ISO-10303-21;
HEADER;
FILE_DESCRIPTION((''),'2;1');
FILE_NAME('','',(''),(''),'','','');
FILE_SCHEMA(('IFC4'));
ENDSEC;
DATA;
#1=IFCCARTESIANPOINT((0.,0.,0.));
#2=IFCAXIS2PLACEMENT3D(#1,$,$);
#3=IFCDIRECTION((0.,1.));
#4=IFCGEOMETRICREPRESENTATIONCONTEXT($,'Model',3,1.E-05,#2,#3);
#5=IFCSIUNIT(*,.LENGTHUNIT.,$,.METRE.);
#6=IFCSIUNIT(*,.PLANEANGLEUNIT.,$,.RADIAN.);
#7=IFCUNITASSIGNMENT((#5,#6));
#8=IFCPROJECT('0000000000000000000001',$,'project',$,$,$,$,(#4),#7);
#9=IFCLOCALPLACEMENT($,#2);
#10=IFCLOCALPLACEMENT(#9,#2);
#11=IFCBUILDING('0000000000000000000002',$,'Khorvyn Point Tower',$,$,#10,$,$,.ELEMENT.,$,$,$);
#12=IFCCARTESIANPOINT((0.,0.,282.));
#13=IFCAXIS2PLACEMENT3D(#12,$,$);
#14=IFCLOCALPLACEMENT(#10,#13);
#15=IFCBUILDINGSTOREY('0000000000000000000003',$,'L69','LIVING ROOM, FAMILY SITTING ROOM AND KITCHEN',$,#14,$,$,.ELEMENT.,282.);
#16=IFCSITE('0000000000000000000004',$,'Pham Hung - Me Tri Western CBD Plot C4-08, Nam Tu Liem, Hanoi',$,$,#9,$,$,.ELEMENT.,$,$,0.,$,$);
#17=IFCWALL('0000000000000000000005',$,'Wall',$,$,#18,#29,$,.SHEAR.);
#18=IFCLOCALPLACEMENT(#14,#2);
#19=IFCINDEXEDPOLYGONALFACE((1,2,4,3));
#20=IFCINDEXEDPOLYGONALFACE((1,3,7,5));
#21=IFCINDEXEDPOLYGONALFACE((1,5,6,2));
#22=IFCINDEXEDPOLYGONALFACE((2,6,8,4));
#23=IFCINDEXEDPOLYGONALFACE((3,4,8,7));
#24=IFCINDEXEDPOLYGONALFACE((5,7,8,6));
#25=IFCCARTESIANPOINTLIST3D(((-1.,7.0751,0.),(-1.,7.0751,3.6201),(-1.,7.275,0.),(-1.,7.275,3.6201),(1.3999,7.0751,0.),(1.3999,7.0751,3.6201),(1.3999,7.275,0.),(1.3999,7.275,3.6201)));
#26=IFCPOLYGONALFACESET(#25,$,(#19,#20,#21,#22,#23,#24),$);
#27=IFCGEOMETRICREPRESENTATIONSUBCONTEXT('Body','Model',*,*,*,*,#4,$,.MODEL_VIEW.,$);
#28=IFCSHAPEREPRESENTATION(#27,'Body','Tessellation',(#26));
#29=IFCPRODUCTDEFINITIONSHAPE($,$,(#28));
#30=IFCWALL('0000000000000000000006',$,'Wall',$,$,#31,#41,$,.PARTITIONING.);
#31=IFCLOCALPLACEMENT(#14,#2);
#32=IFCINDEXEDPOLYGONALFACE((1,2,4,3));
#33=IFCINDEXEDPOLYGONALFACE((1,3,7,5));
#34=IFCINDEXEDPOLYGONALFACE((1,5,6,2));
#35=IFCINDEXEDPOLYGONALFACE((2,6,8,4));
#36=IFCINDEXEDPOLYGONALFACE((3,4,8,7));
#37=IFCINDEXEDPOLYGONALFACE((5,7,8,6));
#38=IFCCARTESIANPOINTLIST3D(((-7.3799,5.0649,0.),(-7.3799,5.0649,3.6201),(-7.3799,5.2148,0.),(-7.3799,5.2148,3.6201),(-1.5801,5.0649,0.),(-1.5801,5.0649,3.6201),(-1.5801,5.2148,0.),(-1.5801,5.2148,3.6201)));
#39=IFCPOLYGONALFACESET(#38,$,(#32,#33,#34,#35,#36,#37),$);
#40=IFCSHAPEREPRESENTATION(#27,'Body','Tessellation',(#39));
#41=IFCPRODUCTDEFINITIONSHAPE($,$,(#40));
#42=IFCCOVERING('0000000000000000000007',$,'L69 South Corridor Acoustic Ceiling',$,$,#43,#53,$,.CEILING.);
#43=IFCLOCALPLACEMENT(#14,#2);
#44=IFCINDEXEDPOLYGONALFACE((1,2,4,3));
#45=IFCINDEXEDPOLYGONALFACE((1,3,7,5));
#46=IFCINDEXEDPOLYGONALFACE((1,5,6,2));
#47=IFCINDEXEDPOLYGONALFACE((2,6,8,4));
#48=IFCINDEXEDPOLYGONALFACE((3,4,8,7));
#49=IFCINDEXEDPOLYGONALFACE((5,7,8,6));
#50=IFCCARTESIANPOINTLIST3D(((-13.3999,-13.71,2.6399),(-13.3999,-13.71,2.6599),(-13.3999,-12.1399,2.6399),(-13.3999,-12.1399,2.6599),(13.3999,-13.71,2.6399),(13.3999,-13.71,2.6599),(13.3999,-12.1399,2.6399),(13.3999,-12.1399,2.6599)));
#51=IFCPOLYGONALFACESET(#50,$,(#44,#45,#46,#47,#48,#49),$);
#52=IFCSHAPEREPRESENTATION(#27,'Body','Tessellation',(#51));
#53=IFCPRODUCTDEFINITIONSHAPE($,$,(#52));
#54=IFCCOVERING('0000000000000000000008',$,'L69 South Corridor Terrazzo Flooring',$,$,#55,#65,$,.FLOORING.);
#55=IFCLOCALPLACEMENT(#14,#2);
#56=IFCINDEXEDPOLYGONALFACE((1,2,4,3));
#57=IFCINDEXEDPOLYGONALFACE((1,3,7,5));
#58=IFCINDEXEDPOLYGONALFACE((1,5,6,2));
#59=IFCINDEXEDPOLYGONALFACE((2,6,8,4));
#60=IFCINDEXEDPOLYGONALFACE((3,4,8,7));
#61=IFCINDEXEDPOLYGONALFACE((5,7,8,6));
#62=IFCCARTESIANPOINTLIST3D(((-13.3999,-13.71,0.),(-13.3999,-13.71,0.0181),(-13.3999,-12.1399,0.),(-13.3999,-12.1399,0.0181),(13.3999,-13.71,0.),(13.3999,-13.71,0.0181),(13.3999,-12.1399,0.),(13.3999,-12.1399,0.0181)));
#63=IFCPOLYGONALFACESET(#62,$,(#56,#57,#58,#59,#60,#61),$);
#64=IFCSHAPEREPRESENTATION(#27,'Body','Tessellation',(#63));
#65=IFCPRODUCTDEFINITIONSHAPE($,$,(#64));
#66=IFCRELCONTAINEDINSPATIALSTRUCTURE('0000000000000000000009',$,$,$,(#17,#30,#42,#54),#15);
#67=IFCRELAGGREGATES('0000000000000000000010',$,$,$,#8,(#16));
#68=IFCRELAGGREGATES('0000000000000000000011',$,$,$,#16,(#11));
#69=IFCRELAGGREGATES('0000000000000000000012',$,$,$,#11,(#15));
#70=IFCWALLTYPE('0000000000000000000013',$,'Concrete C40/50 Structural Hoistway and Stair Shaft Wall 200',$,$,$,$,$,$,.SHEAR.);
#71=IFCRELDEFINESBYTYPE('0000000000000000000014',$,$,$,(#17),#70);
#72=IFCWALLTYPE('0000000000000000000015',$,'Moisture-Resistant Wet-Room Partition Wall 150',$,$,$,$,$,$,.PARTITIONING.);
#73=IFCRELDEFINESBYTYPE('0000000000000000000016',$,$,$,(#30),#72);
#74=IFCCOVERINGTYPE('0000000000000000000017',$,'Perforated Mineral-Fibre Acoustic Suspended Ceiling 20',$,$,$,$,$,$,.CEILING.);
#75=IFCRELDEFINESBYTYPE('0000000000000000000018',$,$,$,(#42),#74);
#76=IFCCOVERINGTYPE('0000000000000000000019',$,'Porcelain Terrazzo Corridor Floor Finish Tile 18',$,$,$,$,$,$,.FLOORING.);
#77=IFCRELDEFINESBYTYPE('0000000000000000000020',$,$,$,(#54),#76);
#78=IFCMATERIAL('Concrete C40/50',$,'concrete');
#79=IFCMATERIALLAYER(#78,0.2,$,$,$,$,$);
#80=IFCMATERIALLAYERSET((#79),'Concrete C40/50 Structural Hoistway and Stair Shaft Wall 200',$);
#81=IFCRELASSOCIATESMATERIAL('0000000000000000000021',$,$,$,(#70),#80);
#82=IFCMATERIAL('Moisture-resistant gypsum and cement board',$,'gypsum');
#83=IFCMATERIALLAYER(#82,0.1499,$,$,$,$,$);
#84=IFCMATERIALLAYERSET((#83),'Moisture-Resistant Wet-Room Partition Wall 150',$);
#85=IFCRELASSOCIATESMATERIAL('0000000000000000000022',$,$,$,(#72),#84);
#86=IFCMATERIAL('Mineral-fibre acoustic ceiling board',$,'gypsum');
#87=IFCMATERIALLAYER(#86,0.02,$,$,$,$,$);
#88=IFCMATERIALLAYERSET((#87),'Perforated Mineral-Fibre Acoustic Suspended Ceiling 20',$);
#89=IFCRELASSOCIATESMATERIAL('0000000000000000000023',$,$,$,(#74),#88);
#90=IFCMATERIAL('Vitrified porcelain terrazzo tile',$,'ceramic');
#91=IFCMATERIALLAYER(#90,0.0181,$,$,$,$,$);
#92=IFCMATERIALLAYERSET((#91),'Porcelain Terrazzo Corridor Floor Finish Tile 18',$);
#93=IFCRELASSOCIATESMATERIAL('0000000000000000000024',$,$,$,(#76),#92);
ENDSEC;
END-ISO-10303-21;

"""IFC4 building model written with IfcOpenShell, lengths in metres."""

from ifc_helpers import new_model, si_unit, direction, frame, frame_2d, origin, place, context, subcontext, project, spatial, polyline, rectangle, outline, extrude, material, layer, layer_set, type_object, element, save


model = new_model("IFC4")

# Units and contexts
model_context = context("Model", 3, precision=1e-05, world=origin(), true_north=direction((0.0, 1.0)))
body_context = subcontext(model_context, "Body", "Model", "MODEL_VIEW")
ifc_project = project(units=[si_unit("LENGTHUNIT", "METRE"), si_unit("PLANEANGLEUNIT", "RADIAN")], contexts=[model_context])

# Site, building, storey
site_placement = place(None, origin())
site = spatial("IfcSite", under=ifc_project, at=site_placement, Name="Pham Hung - Me Tri Western CBD Plot C4-08, Nam Tu Liem, Hanoi", CompositionType="ELEMENT", RefElevation=0.0)
building_placement = place(site_placement, origin())
building = spatial("IfcBuilding", under=site, at=building_placement, Name="Khorvyn Point Tower", CompositionType="ELEMENT")
storey_placement = place(building_placement, frame((0.0, 0.0, 282.0)))
storey = spatial("IfcBuildingStorey", under=building, at=storey_placement, Name="L69", Description="LIVING ROOM, FAMILY SITTING ROOM AND KITCHEN", CompositionType="ELEMENT", Elevation=282.0)

# Shared definitions
ifc_material_1 = material(Name="Concrete C40/50", Category="concrete")

# Shared definitions
ifc_layer_1 = layer(ifc_material_1, 0.2)
ifc_layer_set_1 = layer_set([ifc_layer_1], Name="Concrete C40/50 Structural Hoistway and Stair Shaft Wall 200")
wall_type_1 = type_object("IfcWallType", Name="Concrete C40/50 Structural Hoistway and Stair Shaft Wall 200", PredefinedType="SHEAR", material=ifc_layer_set_1)

# Walls
wall_1_placement = place(storey_placement, frame((-1.0, 7.175, 0.0), z_axis=(0.0, 0.0, 1.0), x_axis=(1.0, 0.0, 0.0)))
element("IfcWall", 1, at=wall_1_placement, inside=storey, type_object=wall_type_1, Name="Wall", PredefinedType="SHEAR", context=body_context, shape_type="SweptSolid", body=[
    extrude(rectangle(XDim=2.3999, YDim=0.2, at=frame_2d((1.2, 0.0))), origin(), (0.0, 0.0, 1.0), 3.6201),
])
ifc_material_2 = material(Name="Moisture-resistant gypsum and cement board", Category="gypsum")
ifc_layer_2 = layer(ifc_material_2, 0.1499)
ifc_layer_set_2 = layer_set([ifc_layer_2], Name="Moisture-Resistant Wet-Room Partition Wall 150")
wall_type_2 = type_object("IfcWallType", Name="Moisture-Resistant Wet-Room Partition Wall 150", PredefinedType="PARTITIONING", material=ifc_layer_set_2)
wall_2_placement = place(storey_placement, frame((-7.3799, 5.1399, 0.0), z_axis=(0.0, 0.0, 1.0), x_axis=(1.0, 0.0, 0.0)))
element("IfcWall", 2, at=wall_2_placement, inside=storey, type_object=wall_type_2, Name="Wall", PredefinedType="PARTITIONING", context=body_context, shape_type="SweptSolid", body=[
    extrude(rectangle(XDim=5.7998, YDim=0.1499, at=frame_2d((2.8999, 0.0))), origin(), (0.0, 0.0, 1.0), 3.6201),
])

# Coverings
ifc_material_3 = material(Name="Mineral-fibre acoustic ceiling board", Category="gypsum")
ifc_layer_3 = layer(ifc_material_3, 0.02)
ifc_layer_set_3 = layer_set([ifc_layer_3], Name="Perforated Mineral-Fibre Acoustic Suspended Ceiling 20")
covering_type_1 = type_object("IfcCoveringType", Name="Perforated Mineral-Fibre Acoustic Suspended Ceiling 20", PredefinedType="CEILING", material=ifc_layer_set_3)
covering_1_placement = place(storey_placement, frame((0.0, 0.0, 2.6399)))
element("IfcCovering", 3, at=covering_1_placement, inside=storey, type_object=covering_type_1, Name="L69 South Corridor Acoustic Ceiling", PredefinedType="CEILING", context=body_context, shape_type="SweptSolid", body=[
    extrude(outline(polyline([(-13.3999, -13.71), (13.3999, -13.71), (13.3999, -12.1399), (-13.3999, -12.1399), (-13.3999, -13.71)])), origin(), (0.0, 0.0, 1.0), 0.02),
])
ifc_material_4 = material(Name="Vitrified porcelain terrazzo tile", Category="ceramic")
ifc_layer_4 = layer(ifc_material_4, 0.0181)
ifc_layer_set_4 = layer_set([ifc_layer_4], Name="Porcelain Terrazzo Corridor Floor Finish Tile 18")
covering_type_2 = type_object("IfcCoveringType", Name="Porcelain Terrazzo Corridor Floor Finish Tile 18", PredefinedType="FLOORING", material=ifc_layer_set_4)
covering_2_placement = place(storey_placement, origin())
element("IfcCovering", 4, at=covering_2_placement, inside=storey, type_object=covering_type_2, Name="L69 South Corridor Terrazzo Flooring", PredefinedType="FLOORING", context=body_context, shape_type="SweptSolid", body=[
    extrude(outline(polyline([(-13.3999, -13.71), (13.3999, -13.71), (13.3999, -12.1399), (-13.3999, -12.1399), (-13.3999, -13.71)])), origin(), (0.0, 0.0, 1.0), 0.0181),
])

save(model, "model.ifc")
